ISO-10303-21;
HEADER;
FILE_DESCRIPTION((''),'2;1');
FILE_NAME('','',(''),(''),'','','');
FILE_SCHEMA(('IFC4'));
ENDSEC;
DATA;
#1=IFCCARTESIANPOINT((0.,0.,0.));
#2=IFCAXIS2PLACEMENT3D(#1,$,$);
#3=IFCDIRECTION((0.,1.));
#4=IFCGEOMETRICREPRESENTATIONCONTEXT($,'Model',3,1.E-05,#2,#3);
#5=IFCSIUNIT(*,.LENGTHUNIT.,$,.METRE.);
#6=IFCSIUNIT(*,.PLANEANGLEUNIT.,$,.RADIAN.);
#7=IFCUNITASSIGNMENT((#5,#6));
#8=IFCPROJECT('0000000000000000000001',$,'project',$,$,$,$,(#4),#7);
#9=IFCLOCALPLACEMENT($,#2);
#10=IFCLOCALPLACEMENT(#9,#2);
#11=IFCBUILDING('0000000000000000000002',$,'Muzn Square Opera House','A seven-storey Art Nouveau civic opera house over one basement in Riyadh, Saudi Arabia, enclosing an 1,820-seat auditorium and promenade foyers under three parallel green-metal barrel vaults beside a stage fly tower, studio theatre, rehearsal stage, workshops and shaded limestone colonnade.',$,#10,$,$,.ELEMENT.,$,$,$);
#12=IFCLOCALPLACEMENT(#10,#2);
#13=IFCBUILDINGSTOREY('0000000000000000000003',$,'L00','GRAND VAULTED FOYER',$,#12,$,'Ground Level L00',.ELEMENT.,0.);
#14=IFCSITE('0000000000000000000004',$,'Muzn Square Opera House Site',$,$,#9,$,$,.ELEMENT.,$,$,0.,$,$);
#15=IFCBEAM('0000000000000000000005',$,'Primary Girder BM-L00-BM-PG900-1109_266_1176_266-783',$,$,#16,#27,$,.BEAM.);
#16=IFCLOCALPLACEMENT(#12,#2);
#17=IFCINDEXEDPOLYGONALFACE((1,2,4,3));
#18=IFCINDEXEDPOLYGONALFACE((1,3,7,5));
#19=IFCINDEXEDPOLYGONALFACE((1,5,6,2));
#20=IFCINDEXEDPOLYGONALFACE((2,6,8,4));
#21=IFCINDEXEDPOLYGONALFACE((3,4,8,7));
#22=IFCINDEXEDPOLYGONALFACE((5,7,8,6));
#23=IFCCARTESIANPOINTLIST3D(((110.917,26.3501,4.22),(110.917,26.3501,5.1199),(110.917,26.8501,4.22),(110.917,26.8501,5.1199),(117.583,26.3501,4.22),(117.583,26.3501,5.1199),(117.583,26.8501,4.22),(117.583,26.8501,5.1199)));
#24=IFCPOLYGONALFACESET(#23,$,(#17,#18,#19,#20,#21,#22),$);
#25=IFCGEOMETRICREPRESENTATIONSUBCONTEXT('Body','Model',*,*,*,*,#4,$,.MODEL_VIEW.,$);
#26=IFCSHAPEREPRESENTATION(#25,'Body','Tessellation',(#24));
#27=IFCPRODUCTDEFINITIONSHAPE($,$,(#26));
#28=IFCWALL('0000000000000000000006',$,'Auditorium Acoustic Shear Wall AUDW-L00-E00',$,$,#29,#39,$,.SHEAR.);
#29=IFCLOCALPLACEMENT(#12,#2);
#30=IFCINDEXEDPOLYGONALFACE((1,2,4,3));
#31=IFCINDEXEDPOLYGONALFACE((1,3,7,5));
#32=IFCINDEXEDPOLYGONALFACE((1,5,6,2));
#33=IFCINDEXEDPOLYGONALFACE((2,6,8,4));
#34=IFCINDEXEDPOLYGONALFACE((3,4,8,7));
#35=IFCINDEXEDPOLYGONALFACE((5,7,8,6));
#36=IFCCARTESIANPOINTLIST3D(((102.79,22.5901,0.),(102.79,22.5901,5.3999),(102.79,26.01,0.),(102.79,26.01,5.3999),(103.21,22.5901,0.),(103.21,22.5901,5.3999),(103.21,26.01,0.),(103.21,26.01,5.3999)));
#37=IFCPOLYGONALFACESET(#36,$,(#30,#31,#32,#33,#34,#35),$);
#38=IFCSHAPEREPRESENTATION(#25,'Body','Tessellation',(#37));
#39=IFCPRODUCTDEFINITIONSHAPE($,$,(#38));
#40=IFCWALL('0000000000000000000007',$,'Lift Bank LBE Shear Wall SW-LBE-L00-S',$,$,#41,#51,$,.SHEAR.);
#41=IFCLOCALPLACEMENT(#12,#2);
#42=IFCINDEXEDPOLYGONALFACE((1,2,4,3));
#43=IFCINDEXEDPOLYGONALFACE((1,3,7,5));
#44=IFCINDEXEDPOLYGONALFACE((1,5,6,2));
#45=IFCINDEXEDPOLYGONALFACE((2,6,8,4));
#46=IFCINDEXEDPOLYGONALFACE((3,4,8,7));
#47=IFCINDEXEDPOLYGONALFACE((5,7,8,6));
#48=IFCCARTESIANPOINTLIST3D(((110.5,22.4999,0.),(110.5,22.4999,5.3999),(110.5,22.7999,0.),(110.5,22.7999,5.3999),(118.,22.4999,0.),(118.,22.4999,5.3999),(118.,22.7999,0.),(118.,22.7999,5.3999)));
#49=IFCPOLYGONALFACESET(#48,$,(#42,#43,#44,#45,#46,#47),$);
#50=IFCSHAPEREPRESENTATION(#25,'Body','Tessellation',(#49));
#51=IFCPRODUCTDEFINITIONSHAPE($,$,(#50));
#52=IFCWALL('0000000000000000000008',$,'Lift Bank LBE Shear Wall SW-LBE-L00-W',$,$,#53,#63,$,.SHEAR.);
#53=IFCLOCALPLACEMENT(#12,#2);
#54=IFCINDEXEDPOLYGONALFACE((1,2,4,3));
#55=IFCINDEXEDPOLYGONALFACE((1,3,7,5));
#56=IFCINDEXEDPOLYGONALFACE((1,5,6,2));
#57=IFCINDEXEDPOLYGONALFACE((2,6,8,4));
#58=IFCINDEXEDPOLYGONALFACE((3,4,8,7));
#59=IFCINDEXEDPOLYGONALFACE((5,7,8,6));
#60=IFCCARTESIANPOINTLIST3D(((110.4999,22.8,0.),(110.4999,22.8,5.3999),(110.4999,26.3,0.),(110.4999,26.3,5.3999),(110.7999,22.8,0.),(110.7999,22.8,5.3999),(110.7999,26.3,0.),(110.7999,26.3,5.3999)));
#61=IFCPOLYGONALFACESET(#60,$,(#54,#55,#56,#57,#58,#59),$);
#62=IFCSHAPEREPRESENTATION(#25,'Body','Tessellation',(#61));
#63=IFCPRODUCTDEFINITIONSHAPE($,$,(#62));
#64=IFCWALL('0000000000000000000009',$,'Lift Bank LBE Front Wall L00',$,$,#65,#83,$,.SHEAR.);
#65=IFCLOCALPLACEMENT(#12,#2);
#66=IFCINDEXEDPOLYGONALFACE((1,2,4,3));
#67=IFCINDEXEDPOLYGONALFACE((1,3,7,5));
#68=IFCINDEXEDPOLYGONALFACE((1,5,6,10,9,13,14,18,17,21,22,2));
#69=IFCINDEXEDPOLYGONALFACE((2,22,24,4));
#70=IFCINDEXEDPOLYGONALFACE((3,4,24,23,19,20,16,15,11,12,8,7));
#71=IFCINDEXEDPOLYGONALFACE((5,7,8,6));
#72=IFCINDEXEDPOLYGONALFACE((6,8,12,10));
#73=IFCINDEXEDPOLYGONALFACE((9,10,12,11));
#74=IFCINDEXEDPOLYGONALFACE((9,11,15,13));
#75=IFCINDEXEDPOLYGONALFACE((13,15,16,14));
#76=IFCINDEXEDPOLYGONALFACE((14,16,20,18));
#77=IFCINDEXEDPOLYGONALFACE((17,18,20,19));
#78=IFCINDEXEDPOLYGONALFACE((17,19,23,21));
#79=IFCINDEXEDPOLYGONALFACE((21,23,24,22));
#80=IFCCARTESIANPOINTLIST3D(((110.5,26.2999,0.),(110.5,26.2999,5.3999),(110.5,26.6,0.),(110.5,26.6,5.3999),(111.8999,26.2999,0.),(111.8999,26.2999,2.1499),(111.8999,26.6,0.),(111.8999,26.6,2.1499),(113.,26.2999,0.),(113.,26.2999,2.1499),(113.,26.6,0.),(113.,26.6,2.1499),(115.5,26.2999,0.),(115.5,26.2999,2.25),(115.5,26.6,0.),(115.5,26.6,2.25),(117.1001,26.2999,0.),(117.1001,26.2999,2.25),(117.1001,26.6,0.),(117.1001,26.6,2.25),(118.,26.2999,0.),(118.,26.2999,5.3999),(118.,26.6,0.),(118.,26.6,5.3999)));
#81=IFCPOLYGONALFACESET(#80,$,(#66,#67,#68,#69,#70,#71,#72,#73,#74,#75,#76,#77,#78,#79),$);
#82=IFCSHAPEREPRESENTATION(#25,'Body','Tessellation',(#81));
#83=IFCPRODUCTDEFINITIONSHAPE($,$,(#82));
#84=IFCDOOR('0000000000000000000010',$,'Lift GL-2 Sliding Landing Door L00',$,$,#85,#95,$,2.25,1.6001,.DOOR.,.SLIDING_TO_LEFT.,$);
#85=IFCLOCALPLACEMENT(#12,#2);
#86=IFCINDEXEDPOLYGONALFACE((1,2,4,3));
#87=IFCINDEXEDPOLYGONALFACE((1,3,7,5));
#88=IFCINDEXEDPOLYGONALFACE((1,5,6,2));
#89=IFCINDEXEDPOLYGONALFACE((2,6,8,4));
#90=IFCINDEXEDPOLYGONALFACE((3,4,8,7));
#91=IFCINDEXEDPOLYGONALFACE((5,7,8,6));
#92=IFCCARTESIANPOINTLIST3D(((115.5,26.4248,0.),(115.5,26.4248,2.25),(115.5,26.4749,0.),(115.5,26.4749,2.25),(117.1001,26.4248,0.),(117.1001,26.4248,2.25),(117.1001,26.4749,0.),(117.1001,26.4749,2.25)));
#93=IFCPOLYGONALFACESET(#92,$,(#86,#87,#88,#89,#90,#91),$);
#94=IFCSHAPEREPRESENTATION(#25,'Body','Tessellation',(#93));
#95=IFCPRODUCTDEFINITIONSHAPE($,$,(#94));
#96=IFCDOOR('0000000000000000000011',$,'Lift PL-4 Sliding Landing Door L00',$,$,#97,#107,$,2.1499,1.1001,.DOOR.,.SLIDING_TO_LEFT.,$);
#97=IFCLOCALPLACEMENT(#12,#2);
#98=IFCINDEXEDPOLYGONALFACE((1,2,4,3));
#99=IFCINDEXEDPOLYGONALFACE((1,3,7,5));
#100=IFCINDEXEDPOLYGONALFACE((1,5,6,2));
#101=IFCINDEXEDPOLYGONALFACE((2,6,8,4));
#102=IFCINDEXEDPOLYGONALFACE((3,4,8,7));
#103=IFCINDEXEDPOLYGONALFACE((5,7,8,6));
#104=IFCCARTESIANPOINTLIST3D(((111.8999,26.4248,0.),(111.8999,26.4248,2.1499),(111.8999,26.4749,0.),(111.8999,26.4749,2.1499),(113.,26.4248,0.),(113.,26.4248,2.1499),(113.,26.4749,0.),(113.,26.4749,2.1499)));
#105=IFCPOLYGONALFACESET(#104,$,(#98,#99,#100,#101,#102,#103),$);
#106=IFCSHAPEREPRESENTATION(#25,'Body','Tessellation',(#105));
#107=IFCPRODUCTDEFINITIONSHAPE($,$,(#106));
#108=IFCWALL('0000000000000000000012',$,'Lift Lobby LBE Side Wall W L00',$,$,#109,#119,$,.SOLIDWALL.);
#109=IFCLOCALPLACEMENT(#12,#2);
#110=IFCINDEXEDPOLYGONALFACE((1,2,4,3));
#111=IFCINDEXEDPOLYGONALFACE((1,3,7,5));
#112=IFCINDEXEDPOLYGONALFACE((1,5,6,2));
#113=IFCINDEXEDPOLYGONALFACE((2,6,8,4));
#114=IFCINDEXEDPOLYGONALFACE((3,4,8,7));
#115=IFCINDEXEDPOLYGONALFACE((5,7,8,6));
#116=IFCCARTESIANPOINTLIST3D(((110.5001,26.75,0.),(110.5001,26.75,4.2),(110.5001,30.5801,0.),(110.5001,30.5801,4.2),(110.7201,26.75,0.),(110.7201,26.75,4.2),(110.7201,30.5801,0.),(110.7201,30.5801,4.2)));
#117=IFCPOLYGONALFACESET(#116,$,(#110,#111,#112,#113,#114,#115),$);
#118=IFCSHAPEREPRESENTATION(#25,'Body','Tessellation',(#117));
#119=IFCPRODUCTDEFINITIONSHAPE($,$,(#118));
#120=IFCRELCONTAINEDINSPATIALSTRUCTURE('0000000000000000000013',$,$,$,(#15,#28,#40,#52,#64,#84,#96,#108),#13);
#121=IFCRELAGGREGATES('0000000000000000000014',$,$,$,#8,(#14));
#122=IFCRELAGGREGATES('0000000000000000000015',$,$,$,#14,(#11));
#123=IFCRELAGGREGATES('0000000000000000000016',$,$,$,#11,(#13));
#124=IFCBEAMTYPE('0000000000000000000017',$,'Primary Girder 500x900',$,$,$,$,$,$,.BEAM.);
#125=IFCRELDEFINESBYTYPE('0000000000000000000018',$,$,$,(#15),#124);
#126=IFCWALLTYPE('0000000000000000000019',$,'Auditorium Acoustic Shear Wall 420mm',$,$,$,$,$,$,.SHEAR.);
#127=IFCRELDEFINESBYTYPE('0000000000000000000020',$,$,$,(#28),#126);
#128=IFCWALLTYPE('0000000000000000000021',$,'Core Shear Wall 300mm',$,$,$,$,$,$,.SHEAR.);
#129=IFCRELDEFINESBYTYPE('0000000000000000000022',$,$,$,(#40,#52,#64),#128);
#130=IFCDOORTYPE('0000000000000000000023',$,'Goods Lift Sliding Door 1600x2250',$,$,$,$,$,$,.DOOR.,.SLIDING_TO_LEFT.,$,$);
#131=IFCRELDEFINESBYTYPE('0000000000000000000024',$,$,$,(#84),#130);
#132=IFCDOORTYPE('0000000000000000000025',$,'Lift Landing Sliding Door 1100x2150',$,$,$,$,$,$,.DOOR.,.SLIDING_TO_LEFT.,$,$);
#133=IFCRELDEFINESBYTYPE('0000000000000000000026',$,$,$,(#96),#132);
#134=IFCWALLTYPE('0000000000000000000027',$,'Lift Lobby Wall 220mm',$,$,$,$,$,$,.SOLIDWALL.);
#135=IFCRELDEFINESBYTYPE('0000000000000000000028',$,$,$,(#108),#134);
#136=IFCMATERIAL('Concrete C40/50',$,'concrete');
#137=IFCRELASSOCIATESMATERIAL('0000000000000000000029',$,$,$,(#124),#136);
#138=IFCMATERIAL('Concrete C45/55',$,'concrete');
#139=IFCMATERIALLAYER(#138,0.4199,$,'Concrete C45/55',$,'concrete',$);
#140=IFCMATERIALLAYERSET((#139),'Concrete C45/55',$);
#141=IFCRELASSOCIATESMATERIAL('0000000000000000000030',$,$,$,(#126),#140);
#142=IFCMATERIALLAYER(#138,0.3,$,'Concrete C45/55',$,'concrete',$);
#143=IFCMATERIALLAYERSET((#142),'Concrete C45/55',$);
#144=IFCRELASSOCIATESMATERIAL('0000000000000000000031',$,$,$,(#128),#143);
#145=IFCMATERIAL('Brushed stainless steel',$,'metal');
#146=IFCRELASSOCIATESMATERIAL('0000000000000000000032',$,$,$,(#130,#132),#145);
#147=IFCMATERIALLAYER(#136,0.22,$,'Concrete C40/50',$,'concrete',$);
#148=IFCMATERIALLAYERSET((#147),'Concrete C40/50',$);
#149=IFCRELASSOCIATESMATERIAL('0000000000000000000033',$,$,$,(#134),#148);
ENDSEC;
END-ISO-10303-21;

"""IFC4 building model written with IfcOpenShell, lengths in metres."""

from ifc_helpers import new_model, si_unit, direction, frame, frame_2d, origin, origin_2d, place, context, subcontext, project, spatial, rectangle, extrude, material, layer, layer_set, material_profile, profile_set, type_object, element, fill, save


model = new_model("IFC4")

# Units and contexts
model_context = context("Model", 3, precision=1e-05, world=origin(), true_north=direction((0.0, 1.0)))
body_context = subcontext(model_context, "Body", "Model", "MODEL_VIEW")
ifc_project = project(units=[si_unit("LENGTHUNIT", "METRE"), si_unit("PLANEANGLEUNIT", "RADIAN")], contexts=[model_context])

# Site, building, storey
site_placement = place(None, origin())
site = spatial("IfcSite", under=ifc_project, at=site_placement, Name="Muzn Square Opera House Site", CompositionType="ELEMENT", RefElevation=0.0)
building_placement = place(site_placement, origin())
building = spatial("IfcBuilding", under=site, at=building_placement, Name="Muzn Square Opera House", Description="A seven-storey Art Nouveau civic opera house over one basement in Riyadh, Saudi Arabia, enclosing an 1,820-seat auditorium and promenade foyers under three parallel green-metal barrel vaults beside a stage fly tower, studio theatre, rehearsal stage, workshops and shaded limestone colonnade.", CompositionType="ELEMENT")
storey_placement = place(building_placement, origin())
storey = spatial("IfcBuildingStorey", under=building, at=storey_placement, Name="L00", Description="GRAND VAULTED FOYER", LongName="Ground Level L00", CompositionType="ELEMENT", Elevation=0.0)

# Shared definitions
ifc_material_1 = material(Name="Concrete C45/55", Category="concrete")

# Beam
ifc_material_2 = material(Name="Concrete C40/50", Category="concrete")
ifc_material_profile_1 = material_profile(ifc_material_2, rectangle(XDim=0.5, YDim=0.8999, at=origin_2d()), Name="RCB 500x900", Category="concrete")
ifc_profile_set_1 = profile_set([ifc_material_profile_1], Name="Concrete C40/50")
beam_type_1 = type_object("IfcBeamType", Name="Primary Girder 500x900", PredefinedType="BEAM", material=ifc_profile_set_1)
beam_1_placement = place(storey_placement, frame((110.917, 26.6001, 4.6699), z_axis=(1.0, 0.0, 0.0), x_axis=(0.0, 1.0, 0.0)))
element("IfcBeam", 1, at=beam_1_placement, inside=storey, type_object=beam_type_1, Name="Primary Girder BM-L00-BM-PG900-1109_266_1176_266-783", PredefinedType="BEAM", context=body_context, shape_type="SweptSolid", body=[
    extrude(rectangle(XDim=0.5, YDim=0.8999, at=origin_2d()), origin(), (0.0, 0.0, 1.0), 6.666),
])

# Walls
ifc_layer_1 = layer(ifc_material_1, 0.4199, Name="Concrete C45/55", Category="concrete")
ifc_layer_set_1 = layer_set([ifc_layer_1], Name="Concrete C45/55")
wall_type_1 = type_object("IfcWallType", Name="Auditorium Acoustic Shear Wall 420mm", PredefinedType="SHEAR", material=ifc_layer_set_1)
wall_1_placement = place(storey_placement, frame((103.0, 22.5901, 0.0), z_axis=(0.0, 0.0, 1.0), x_axis=(0.0, 1.0, 0.0)))
element("IfcWall", 2, at=wall_1_placement, inside=storey, type_object=wall_type_1, Name="Auditorium Acoustic Shear Wall AUDW-L00-E00", PredefinedType="SHEAR", context=body_context, shape_type="SweptSolid", body=[
    extrude(rectangle(XDim=3.4199, YDim=0.4199, at=frame_2d((1.71, 0.0))), origin(), (0.0, 0.0, 1.0), 5.3999),
])
ifc_layer_2 = layer(ifc_material_1, 0.3, Name="Concrete C45/55", Category="concrete")
ifc_layer_set_2 = layer_set([ifc_layer_2], Name="Concrete C45/55")
wall_type_2 = type_object("IfcWallType", Name="Core Shear Wall 300mm", PredefinedType="SHEAR", material=ifc_layer_set_2)
wall_2_placement = place(storey_placement, frame((110.5, 22.6499, 0.0), z_axis=(0.0, 0.0, 1.0), x_axis=(1.0, 0.0, 0.0)))
element("IfcWall", 3, at=wall_2_placement, inside=storey, type_object=wall_type_2, Name="Lift Bank LBE Shear Wall SW-LBE-L00-S", PredefinedType="SHEAR", context=body_context, shape_type="SweptSolid", body=[
    extrude(rectangle(XDim=7.5, YDim=0.3, at=frame_2d((3.75, 0.0))), origin(), (0.0, 0.0, 1.0), 5.3999),
])
wall_3_placement = place(storey_placement, frame((110.6499, 22.8, 0.0), z_axis=(0.0, 0.0, 1.0), x_axis=(0.0, 1.0, 0.0)))
element("IfcWall", 4, at=wall_3_placement, inside=storey, type_object=wall_type_2, Name="Lift Bank LBE Shear Wall SW-LBE-L00-W", PredefinedType="SHEAR", context=body_context, shape_type="SweptSolid", body=[
    extrude(rectangle(XDim=3.5, YDim=0.3, at=frame_2d((1.75, 0.0))), origin(), (0.0, 0.0, 1.0), 5.3999),
])

# Wall, openings, doors
wall_4_placement = place(storey_placement, frame((110.5, 26.45, 0.0), z_axis=(0.0, 0.0, 1.0), x_axis=(1.0, 0.0, 0.0)))
wall_4 = element("IfcWall", 5, at=wall_4_placement, inside=storey, type_object=wall_type_2, Name="Lift Bank LBE Front Wall L00", PredefinedType="SHEAR", context=body_context, shape_type="SweptSolid", body=[
    extrude(rectangle(XDim=7.5, YDim=0.3, at=frame_2d((3.75, 0.0))), origin(), (0.0, 0.0, 1.0), 5.3999),
])
opening_1_placement = place(wall_4_placement, frame((1.3999, 0.0, 0.0)))
opening_1 = element("IfcOpeningElement", 6, at=opening_1_placement, cuts=wall_4, PredefinedType="OPENING", context=body_context, shape_type="SweptSolid", body=[
    extrude(rectangle(XDim=1.1001, YDim=2.1499, at=frame_2d((0.55, 1.075))), frame((0.0, 0.1599, 0.0), z_axis=(0.0, -1.0, 0.0), x_axis=(1.0, 0.0, 0.0)), (0.0, 0.0, 1.0), 0.3201),
])
opening_2_placement = place(wall_4_placement, frame((5.0, 0.0, 0.0)))
opening_2 = element("IfcOpeningElement", 7, at=opening_2_placement, cuts=wall_4, PredefinedType="OPENING", context=body_context, shape_type="SweptSolid", body=[
    extrude(rectangle(XDim=1.6001, YDim=2.25, at=frame_2d((0.8, 1.125))), frame((0.0, 0.1599, 0.0), z_axis=(0.0, -1.0, 0.0), x_axis=(1.0, 0.0, 0.0)), (0.0, 0.0, 1.0), 0.3201),
])
ifc_material_3 = material(Name="Brushed stainless steel", Category="metal")
door_type_1 = type_object("IfcDoorType", Name="Goods Lift Sliding Door 1600x2250", OperationType="SLIDING_TO_LEFT", PredefinedType="DOOR", material=ifc_material_3)
door_1_placement = place(opening_2_placement, origin())
door_1 = element("IfcDoor", 8, at=door_1_placement, inside=storey, type_object=door_type_1, Name="Lift GL-2 Sliding Landing Door L00", OperationType="SLIDING_TO_LEFT", OverallHeight=2.25, OverallWidth=1.6001, PredefinedType="DOOR", context=body_context, shape_type="SweptSolid", body=[
    extrude(rectangle(XDim=1.6001, YDim=2.25, at=frame_2d((0.8, 1.125))), frame((0.0, 0.0249, 0.0), z_axis=(0.0, -1.0, 0.0), x_axis=(1.0, 0.0, 0.0)), (0.0, 0.0, 1.0), 0.05),
])
fill(opening_2, door_1)
door_type_2 = type_object("IfcDoorType", Name="Lift Landing Sliding Door 1100x2150", OperationType="SLIDING_TO_LEFT", PredefinedType="DOOR", material=ifc_material_3)
door_2_placement = place(opening_1_placement, origin())
door_2 = element("IfcDoor", 9, at=door_2_placement, inside=storey, type_object=door_type_2, Name="Lift PL-4 Sliding Landing Door L00", OperationType="SLIDING_TO_LEFT", OverallHeight=2.1499, OverallWidth=1.1001, PredefinedType="DOOR", context=body_context, shape_type="SweptSolid", body=[
    extrude(rectangle(XDim=1.1001, YDim=2.1499, at=frame_2d((0.55, 1.075))), frame((0.0, 0.0249, 0.0), z_axis=(0.0, -1.0, 0.0), x_axis=(1.0, 0.0, 0.0)), (0.0, 0.0, 1.0), 0.05),
])
fill(opening_1, door_2)

# Wall
ifc_layer_3 = layer(ifc_material_2, 0.22, Name="Concrete C40/50", Category="concrete")
ifc_layer_set_3 = layer_set([ifc_layer_3], Name="Concrete C40/50")
wall_type_3 = type_object("IfcWallType", Name="Lift Lobby Wall 220mm", PredefinedType="SOLIDWALL", material=ifc_layer_set_3)
wall_5_placement = place(storey_placement, frame((110.6101, 26.75, 0.0), z_axis=(0.0, 0.0, 1.0), x_axis=(0.0, 1.0, 0.0)))
element("IfcWall", 10, at=wall_5_placement, inside=storey, type_object=wall_type_3, Name="Lift Lobby LBE Side Wall W L00", PredefinedType="SOLIDWALL", context=body_context, shape_type="SweptSolid", body=[
    extrude(rectangle(XDim=3.8301, YDim=0.22, at=frame_2d((1.915, 0.0))), origin(), (0.0, 0.0, 1.0), 4.2),
])

save(model, "model.ifc")
